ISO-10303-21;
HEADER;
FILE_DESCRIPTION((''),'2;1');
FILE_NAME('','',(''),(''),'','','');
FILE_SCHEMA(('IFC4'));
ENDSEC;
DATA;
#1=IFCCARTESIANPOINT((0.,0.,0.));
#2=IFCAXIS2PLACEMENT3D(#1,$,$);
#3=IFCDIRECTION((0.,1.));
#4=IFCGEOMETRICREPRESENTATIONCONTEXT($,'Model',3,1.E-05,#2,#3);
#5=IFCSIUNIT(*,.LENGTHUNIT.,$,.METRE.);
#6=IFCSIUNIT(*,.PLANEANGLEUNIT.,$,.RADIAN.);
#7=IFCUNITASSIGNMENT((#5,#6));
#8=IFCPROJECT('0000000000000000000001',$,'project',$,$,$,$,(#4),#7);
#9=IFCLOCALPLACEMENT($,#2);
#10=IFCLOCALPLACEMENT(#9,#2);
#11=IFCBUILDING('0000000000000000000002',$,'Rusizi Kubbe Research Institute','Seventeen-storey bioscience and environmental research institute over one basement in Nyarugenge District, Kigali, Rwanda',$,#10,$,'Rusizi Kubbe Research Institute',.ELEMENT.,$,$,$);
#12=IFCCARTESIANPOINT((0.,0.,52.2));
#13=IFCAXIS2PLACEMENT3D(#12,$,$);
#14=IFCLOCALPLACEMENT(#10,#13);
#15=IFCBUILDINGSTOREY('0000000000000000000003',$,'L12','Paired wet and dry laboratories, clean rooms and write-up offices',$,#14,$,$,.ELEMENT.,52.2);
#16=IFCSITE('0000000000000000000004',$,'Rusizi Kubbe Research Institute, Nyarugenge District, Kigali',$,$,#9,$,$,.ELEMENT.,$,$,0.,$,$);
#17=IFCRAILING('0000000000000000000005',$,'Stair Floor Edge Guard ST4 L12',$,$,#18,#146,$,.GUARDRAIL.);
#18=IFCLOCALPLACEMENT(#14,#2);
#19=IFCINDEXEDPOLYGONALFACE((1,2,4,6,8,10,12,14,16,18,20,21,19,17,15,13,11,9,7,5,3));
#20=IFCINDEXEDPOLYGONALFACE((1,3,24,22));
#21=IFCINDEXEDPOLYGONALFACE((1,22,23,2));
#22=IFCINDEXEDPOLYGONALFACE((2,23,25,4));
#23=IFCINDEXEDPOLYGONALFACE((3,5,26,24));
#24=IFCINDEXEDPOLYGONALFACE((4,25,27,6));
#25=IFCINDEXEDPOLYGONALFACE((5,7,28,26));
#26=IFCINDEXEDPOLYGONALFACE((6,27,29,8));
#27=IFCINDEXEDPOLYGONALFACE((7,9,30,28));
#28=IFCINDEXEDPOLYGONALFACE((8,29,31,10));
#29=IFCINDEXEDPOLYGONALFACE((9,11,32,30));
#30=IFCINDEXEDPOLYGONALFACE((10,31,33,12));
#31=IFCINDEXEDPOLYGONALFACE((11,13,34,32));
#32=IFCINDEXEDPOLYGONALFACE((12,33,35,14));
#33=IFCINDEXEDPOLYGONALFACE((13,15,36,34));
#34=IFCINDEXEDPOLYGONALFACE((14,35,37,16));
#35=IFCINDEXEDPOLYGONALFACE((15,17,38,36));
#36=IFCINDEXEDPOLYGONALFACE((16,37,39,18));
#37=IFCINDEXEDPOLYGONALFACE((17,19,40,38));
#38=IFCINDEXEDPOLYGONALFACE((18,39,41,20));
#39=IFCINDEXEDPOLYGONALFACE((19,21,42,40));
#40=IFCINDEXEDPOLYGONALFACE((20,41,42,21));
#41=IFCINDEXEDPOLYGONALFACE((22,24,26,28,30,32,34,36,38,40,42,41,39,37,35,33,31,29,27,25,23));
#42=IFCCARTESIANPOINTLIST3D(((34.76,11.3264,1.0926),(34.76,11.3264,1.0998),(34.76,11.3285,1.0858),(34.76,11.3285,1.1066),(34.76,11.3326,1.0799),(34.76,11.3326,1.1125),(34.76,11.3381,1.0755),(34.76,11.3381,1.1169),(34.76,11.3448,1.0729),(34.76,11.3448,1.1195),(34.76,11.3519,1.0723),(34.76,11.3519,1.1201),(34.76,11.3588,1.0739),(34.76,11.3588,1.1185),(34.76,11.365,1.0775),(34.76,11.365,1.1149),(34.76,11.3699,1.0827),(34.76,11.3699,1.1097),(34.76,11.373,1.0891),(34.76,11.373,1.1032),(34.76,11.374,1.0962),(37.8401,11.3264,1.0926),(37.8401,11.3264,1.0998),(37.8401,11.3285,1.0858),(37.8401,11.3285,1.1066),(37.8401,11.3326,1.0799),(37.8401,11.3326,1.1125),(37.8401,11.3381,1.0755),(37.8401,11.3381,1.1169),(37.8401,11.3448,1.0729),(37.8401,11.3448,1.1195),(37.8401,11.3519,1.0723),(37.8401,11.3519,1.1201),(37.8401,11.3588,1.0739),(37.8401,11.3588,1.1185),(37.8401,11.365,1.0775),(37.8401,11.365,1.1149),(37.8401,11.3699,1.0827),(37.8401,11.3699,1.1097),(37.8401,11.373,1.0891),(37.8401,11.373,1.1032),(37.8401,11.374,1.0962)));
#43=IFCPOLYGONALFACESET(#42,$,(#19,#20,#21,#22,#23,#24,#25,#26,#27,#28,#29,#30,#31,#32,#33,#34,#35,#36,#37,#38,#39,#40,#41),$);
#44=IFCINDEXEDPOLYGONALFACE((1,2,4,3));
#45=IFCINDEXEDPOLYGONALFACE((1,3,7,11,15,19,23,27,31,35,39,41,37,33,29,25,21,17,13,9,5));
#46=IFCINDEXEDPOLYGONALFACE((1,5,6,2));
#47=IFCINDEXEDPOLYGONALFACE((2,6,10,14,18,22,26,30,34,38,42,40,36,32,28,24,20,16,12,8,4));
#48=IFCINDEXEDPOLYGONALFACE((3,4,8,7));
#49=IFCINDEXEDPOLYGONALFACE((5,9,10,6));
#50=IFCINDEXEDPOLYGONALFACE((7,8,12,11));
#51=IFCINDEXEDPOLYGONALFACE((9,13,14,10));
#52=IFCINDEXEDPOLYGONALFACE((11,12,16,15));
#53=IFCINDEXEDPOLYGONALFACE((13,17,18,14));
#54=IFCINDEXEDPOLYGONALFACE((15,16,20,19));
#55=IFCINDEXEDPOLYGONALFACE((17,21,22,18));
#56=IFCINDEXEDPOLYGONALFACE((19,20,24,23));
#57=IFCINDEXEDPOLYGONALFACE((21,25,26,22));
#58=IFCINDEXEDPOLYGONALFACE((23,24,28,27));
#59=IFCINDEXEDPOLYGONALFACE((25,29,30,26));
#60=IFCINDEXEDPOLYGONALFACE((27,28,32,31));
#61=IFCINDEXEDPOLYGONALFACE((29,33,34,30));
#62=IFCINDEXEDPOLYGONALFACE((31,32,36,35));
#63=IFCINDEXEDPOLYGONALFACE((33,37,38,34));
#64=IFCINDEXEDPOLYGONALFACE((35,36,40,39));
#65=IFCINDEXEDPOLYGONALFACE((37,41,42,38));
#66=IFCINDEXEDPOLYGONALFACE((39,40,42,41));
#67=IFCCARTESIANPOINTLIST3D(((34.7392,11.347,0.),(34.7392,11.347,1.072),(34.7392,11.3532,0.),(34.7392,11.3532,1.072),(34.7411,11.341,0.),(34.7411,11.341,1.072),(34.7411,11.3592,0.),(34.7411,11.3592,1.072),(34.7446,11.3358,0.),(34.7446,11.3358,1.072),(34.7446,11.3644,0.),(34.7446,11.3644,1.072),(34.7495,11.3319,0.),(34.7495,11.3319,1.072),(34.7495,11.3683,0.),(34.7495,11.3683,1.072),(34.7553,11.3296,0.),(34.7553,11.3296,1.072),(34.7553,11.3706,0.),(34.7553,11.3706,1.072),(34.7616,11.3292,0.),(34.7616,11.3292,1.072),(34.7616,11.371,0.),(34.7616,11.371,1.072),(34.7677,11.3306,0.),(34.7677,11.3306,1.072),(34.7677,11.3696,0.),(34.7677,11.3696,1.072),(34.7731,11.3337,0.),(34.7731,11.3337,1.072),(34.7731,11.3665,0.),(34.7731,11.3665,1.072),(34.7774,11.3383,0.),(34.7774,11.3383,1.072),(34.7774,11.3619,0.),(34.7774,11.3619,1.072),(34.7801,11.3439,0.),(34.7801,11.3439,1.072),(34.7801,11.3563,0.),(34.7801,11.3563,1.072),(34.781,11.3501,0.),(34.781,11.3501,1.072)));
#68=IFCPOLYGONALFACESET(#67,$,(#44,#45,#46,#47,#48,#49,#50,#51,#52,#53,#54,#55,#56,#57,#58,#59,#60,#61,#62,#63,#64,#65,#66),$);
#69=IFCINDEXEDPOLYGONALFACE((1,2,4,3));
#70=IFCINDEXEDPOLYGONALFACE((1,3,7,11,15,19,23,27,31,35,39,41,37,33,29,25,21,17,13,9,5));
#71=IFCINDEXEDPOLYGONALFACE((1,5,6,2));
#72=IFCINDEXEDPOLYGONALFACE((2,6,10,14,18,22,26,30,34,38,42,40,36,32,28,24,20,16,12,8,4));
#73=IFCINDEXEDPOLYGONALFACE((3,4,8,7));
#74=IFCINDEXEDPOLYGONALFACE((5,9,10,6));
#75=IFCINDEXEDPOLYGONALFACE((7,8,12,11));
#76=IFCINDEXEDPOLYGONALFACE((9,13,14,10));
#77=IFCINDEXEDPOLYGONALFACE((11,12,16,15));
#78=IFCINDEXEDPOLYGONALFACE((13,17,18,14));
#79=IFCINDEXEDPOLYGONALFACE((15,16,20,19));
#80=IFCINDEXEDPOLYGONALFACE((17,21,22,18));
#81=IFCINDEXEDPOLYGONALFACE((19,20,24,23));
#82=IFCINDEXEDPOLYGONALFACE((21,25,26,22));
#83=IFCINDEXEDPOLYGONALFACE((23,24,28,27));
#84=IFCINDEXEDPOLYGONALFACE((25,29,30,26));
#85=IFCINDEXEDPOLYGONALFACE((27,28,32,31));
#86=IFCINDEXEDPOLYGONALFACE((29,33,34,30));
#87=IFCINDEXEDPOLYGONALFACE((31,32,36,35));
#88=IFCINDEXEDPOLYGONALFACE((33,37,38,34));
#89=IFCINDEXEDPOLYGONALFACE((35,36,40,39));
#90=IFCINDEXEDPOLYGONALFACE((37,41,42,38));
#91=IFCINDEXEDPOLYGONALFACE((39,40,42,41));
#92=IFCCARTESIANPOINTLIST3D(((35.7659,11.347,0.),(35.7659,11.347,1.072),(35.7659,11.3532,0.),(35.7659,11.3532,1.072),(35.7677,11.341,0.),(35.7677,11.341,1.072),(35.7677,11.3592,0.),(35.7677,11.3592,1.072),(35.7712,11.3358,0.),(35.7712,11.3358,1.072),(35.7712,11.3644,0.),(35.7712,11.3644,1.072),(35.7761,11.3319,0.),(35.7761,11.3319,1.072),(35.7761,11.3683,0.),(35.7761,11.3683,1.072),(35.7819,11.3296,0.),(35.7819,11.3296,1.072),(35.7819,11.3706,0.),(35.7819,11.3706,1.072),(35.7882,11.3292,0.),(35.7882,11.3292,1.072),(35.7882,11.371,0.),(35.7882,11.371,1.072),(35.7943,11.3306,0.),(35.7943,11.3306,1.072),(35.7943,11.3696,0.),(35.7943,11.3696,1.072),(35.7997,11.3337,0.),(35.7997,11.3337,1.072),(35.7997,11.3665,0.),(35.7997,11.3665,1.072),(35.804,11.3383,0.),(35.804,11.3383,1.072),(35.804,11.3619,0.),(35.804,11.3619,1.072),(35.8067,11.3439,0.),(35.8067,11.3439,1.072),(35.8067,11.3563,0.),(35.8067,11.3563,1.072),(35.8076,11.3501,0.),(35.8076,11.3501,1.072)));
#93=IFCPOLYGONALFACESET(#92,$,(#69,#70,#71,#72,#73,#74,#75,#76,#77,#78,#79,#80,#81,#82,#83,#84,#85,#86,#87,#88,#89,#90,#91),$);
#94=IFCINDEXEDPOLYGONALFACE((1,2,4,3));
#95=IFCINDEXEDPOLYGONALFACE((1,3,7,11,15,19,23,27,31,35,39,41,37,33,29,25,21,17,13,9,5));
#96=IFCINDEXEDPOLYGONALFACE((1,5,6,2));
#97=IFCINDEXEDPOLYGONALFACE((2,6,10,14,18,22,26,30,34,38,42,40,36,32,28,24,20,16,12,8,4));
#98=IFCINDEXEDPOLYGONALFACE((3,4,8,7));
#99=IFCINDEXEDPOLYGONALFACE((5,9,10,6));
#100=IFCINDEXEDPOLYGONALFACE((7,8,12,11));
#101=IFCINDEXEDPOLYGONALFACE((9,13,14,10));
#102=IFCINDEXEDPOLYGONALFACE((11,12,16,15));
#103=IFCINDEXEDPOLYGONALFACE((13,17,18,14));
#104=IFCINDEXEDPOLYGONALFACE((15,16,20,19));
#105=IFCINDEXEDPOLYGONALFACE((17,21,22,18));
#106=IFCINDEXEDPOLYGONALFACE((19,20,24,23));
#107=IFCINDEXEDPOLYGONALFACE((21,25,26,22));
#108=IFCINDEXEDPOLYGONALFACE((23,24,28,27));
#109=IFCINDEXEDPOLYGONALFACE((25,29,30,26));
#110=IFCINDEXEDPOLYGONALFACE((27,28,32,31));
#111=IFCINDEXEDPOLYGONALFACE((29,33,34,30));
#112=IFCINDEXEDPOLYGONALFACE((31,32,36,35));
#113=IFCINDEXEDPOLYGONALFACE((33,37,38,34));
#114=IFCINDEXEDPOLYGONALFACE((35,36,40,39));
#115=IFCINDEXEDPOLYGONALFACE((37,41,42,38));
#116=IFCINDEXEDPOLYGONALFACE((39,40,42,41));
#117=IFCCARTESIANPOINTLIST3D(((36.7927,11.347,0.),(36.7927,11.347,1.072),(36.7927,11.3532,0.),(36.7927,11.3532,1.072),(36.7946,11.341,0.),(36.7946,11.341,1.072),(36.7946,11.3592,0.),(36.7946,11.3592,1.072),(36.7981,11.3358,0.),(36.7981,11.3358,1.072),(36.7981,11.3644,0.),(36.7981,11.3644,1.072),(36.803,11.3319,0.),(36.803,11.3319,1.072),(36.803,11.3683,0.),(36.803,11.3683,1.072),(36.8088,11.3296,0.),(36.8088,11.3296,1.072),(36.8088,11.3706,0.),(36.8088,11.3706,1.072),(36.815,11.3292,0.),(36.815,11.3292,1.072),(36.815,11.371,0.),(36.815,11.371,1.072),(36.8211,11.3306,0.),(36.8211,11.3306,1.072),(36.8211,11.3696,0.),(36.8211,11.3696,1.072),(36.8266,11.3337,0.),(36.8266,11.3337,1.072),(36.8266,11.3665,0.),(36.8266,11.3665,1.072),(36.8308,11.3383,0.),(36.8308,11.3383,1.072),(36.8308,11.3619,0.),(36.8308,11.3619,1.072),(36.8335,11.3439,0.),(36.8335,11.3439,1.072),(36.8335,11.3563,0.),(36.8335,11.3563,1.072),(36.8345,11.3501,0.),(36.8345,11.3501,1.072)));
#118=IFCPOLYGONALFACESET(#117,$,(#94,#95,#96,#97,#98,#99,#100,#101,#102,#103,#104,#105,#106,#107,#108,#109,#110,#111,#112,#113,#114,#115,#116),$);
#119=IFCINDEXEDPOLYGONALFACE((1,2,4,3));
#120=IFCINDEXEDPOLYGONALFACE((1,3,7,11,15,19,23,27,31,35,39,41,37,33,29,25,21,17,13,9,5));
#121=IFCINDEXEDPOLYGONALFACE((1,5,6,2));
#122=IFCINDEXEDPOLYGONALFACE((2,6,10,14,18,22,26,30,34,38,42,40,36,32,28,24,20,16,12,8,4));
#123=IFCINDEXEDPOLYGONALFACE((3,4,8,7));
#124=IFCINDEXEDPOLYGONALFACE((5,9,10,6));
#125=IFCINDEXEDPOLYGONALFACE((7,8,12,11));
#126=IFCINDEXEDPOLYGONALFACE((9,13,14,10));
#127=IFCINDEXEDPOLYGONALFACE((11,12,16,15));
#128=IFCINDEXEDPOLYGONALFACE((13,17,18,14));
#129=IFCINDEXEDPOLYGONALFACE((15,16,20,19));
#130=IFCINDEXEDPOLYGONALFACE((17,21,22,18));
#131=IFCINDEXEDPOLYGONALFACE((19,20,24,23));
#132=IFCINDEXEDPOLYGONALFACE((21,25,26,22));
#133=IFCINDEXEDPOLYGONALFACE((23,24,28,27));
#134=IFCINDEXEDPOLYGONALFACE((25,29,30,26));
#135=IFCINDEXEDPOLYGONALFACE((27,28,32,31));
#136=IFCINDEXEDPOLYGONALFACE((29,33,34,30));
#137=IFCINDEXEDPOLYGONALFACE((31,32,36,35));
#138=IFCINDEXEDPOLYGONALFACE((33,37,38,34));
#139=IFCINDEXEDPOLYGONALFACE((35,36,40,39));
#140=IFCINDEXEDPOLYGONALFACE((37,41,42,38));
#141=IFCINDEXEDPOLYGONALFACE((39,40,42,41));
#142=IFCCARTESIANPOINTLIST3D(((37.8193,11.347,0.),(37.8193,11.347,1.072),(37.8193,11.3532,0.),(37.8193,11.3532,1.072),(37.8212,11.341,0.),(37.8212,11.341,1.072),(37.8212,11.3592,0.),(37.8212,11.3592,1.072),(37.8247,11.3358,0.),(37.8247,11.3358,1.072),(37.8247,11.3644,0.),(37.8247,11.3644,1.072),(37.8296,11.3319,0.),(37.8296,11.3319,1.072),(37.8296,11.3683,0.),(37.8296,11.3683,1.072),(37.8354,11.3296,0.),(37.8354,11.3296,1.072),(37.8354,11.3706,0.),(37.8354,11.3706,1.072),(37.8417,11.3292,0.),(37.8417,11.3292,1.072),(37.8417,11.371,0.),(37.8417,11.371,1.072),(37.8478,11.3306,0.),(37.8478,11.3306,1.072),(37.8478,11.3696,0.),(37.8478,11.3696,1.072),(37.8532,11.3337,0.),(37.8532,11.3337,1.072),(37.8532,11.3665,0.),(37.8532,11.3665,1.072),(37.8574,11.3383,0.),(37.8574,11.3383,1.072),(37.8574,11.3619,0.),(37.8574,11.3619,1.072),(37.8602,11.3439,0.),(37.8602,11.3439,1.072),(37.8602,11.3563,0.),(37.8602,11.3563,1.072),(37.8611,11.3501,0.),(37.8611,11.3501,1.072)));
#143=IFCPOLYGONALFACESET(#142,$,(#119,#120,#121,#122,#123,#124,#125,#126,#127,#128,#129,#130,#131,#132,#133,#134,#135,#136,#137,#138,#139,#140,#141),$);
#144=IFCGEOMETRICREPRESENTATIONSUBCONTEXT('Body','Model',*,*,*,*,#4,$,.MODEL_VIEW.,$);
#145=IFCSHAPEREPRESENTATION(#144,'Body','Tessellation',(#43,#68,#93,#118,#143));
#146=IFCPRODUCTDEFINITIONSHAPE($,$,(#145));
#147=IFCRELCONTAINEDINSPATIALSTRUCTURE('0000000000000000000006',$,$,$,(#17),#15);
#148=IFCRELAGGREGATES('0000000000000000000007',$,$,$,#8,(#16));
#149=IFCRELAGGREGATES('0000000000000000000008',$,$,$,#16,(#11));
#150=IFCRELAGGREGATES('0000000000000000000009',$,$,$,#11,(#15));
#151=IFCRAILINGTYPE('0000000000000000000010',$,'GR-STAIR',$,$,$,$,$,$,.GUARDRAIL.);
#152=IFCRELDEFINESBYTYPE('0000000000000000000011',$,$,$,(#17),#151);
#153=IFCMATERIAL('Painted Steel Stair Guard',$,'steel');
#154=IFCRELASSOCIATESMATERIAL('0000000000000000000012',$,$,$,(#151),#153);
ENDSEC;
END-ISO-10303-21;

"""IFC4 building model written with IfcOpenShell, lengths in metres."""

from ifc_helpers import new_model, si_unit, direction, frame, origin, origin_2d, place, context, subcontext, project, spatial, circle, extrude, material, type_object, element, save


model = new_model("IFC4")

# Units and contexts
model_context = context("Model", 3, precision=1e-05, world=origin(), true_north=direction((0.0, 1.0)))
body_context = subcontext(model_context, "Body", "Model", "MODEL_VIEW")
ifc_project = project(units=[si_unit("LENGTHUNIT", "METRE"), si_unit("PLANEANGLEUNIT", "RADIAN")], contexts=[model_context])

# Site, building, storey
site_placement = place(None, origin())
site = spatial("IfcSite", under=ifc_project, at=site_placement, Name="Rusizi Kubbe Research Institute, Nyarugenge District, Kigali", CompositionType="ELEMENT", RefElevation=0.0)
building_placement = place(site_placement, origin())
building = spatial("IfcBuilding", under=site, at=building_placement, Name="Rusizi Kubbe Research Institute", Description="Seventeen-storey bioscience and environmental research institute over one basement in Nyarugenge District, Kigali, Rwanda", LongName="Rusizi Kubbe Research Institute", CompositionType="ELEMENT")
storey_placement = place(building_placement, frame((0.0, 0.0, 52.2)))
storey = spatial("IfcBuildingStorey", under=building, at=storey_placement, Name="L12", Description="Paired wet and dry laboratories, clean rooms and write-up offices", CompositionType="ELEMENT", Elevation=52.2)

# Railing
ifc_material_1 = material(Name="Painted Steel Stair Guard", Category="steel")
railing_type_1 = type_object("IfcRailingType", Name="GR-STAIR", PredefinedType="GUARDRAIL", material=ifc_material_1)
railing_1_placement = place(storey_placement, frame((34.76, 11.3501, 0.0)))
element("IfcRailing", 1, at=railing_1_placement, inside=storey, type_object=railing_type_1, Name="Stair Floor Edge Guard ST4 L12", PredefinedType="GUARDRAIL", context=body_context, shape_type="SweptSolid", body=[
    extrude(circle(Radius=0.0239, at=origin_2d()), frame((0.0, 0.0, 1.0962), z_axis=(1.0, 0.0, 0.0), x_axis=(0.0, 1.0, 0.0)), (0.0, 0.0, 1.0), 3.0801),
    extrude(circle(Radius=0.021, at=origin_2d()), origin(), (0.0, 0.0, 1.0), 1.072),
    extrude(circle(Radius=0.021, at=origin_2d()), frame((1.0266, 0.0, 0.0)), (0.0, 0.0, 1.0), 1.072),
    extrude(circle(Radius=0.021, at=origin_2d()), frame((2.0535, 0.0, 0.0)), (0.0, 0.0, 1.0), 1.072),
    extrude(circle(Radius=0.021, at=origin_2d()), frame((3.0801, 0.0, 0.0)), (0.0, 0.0, 1.0), 1.072),
])

save(model, "model.ifc")
